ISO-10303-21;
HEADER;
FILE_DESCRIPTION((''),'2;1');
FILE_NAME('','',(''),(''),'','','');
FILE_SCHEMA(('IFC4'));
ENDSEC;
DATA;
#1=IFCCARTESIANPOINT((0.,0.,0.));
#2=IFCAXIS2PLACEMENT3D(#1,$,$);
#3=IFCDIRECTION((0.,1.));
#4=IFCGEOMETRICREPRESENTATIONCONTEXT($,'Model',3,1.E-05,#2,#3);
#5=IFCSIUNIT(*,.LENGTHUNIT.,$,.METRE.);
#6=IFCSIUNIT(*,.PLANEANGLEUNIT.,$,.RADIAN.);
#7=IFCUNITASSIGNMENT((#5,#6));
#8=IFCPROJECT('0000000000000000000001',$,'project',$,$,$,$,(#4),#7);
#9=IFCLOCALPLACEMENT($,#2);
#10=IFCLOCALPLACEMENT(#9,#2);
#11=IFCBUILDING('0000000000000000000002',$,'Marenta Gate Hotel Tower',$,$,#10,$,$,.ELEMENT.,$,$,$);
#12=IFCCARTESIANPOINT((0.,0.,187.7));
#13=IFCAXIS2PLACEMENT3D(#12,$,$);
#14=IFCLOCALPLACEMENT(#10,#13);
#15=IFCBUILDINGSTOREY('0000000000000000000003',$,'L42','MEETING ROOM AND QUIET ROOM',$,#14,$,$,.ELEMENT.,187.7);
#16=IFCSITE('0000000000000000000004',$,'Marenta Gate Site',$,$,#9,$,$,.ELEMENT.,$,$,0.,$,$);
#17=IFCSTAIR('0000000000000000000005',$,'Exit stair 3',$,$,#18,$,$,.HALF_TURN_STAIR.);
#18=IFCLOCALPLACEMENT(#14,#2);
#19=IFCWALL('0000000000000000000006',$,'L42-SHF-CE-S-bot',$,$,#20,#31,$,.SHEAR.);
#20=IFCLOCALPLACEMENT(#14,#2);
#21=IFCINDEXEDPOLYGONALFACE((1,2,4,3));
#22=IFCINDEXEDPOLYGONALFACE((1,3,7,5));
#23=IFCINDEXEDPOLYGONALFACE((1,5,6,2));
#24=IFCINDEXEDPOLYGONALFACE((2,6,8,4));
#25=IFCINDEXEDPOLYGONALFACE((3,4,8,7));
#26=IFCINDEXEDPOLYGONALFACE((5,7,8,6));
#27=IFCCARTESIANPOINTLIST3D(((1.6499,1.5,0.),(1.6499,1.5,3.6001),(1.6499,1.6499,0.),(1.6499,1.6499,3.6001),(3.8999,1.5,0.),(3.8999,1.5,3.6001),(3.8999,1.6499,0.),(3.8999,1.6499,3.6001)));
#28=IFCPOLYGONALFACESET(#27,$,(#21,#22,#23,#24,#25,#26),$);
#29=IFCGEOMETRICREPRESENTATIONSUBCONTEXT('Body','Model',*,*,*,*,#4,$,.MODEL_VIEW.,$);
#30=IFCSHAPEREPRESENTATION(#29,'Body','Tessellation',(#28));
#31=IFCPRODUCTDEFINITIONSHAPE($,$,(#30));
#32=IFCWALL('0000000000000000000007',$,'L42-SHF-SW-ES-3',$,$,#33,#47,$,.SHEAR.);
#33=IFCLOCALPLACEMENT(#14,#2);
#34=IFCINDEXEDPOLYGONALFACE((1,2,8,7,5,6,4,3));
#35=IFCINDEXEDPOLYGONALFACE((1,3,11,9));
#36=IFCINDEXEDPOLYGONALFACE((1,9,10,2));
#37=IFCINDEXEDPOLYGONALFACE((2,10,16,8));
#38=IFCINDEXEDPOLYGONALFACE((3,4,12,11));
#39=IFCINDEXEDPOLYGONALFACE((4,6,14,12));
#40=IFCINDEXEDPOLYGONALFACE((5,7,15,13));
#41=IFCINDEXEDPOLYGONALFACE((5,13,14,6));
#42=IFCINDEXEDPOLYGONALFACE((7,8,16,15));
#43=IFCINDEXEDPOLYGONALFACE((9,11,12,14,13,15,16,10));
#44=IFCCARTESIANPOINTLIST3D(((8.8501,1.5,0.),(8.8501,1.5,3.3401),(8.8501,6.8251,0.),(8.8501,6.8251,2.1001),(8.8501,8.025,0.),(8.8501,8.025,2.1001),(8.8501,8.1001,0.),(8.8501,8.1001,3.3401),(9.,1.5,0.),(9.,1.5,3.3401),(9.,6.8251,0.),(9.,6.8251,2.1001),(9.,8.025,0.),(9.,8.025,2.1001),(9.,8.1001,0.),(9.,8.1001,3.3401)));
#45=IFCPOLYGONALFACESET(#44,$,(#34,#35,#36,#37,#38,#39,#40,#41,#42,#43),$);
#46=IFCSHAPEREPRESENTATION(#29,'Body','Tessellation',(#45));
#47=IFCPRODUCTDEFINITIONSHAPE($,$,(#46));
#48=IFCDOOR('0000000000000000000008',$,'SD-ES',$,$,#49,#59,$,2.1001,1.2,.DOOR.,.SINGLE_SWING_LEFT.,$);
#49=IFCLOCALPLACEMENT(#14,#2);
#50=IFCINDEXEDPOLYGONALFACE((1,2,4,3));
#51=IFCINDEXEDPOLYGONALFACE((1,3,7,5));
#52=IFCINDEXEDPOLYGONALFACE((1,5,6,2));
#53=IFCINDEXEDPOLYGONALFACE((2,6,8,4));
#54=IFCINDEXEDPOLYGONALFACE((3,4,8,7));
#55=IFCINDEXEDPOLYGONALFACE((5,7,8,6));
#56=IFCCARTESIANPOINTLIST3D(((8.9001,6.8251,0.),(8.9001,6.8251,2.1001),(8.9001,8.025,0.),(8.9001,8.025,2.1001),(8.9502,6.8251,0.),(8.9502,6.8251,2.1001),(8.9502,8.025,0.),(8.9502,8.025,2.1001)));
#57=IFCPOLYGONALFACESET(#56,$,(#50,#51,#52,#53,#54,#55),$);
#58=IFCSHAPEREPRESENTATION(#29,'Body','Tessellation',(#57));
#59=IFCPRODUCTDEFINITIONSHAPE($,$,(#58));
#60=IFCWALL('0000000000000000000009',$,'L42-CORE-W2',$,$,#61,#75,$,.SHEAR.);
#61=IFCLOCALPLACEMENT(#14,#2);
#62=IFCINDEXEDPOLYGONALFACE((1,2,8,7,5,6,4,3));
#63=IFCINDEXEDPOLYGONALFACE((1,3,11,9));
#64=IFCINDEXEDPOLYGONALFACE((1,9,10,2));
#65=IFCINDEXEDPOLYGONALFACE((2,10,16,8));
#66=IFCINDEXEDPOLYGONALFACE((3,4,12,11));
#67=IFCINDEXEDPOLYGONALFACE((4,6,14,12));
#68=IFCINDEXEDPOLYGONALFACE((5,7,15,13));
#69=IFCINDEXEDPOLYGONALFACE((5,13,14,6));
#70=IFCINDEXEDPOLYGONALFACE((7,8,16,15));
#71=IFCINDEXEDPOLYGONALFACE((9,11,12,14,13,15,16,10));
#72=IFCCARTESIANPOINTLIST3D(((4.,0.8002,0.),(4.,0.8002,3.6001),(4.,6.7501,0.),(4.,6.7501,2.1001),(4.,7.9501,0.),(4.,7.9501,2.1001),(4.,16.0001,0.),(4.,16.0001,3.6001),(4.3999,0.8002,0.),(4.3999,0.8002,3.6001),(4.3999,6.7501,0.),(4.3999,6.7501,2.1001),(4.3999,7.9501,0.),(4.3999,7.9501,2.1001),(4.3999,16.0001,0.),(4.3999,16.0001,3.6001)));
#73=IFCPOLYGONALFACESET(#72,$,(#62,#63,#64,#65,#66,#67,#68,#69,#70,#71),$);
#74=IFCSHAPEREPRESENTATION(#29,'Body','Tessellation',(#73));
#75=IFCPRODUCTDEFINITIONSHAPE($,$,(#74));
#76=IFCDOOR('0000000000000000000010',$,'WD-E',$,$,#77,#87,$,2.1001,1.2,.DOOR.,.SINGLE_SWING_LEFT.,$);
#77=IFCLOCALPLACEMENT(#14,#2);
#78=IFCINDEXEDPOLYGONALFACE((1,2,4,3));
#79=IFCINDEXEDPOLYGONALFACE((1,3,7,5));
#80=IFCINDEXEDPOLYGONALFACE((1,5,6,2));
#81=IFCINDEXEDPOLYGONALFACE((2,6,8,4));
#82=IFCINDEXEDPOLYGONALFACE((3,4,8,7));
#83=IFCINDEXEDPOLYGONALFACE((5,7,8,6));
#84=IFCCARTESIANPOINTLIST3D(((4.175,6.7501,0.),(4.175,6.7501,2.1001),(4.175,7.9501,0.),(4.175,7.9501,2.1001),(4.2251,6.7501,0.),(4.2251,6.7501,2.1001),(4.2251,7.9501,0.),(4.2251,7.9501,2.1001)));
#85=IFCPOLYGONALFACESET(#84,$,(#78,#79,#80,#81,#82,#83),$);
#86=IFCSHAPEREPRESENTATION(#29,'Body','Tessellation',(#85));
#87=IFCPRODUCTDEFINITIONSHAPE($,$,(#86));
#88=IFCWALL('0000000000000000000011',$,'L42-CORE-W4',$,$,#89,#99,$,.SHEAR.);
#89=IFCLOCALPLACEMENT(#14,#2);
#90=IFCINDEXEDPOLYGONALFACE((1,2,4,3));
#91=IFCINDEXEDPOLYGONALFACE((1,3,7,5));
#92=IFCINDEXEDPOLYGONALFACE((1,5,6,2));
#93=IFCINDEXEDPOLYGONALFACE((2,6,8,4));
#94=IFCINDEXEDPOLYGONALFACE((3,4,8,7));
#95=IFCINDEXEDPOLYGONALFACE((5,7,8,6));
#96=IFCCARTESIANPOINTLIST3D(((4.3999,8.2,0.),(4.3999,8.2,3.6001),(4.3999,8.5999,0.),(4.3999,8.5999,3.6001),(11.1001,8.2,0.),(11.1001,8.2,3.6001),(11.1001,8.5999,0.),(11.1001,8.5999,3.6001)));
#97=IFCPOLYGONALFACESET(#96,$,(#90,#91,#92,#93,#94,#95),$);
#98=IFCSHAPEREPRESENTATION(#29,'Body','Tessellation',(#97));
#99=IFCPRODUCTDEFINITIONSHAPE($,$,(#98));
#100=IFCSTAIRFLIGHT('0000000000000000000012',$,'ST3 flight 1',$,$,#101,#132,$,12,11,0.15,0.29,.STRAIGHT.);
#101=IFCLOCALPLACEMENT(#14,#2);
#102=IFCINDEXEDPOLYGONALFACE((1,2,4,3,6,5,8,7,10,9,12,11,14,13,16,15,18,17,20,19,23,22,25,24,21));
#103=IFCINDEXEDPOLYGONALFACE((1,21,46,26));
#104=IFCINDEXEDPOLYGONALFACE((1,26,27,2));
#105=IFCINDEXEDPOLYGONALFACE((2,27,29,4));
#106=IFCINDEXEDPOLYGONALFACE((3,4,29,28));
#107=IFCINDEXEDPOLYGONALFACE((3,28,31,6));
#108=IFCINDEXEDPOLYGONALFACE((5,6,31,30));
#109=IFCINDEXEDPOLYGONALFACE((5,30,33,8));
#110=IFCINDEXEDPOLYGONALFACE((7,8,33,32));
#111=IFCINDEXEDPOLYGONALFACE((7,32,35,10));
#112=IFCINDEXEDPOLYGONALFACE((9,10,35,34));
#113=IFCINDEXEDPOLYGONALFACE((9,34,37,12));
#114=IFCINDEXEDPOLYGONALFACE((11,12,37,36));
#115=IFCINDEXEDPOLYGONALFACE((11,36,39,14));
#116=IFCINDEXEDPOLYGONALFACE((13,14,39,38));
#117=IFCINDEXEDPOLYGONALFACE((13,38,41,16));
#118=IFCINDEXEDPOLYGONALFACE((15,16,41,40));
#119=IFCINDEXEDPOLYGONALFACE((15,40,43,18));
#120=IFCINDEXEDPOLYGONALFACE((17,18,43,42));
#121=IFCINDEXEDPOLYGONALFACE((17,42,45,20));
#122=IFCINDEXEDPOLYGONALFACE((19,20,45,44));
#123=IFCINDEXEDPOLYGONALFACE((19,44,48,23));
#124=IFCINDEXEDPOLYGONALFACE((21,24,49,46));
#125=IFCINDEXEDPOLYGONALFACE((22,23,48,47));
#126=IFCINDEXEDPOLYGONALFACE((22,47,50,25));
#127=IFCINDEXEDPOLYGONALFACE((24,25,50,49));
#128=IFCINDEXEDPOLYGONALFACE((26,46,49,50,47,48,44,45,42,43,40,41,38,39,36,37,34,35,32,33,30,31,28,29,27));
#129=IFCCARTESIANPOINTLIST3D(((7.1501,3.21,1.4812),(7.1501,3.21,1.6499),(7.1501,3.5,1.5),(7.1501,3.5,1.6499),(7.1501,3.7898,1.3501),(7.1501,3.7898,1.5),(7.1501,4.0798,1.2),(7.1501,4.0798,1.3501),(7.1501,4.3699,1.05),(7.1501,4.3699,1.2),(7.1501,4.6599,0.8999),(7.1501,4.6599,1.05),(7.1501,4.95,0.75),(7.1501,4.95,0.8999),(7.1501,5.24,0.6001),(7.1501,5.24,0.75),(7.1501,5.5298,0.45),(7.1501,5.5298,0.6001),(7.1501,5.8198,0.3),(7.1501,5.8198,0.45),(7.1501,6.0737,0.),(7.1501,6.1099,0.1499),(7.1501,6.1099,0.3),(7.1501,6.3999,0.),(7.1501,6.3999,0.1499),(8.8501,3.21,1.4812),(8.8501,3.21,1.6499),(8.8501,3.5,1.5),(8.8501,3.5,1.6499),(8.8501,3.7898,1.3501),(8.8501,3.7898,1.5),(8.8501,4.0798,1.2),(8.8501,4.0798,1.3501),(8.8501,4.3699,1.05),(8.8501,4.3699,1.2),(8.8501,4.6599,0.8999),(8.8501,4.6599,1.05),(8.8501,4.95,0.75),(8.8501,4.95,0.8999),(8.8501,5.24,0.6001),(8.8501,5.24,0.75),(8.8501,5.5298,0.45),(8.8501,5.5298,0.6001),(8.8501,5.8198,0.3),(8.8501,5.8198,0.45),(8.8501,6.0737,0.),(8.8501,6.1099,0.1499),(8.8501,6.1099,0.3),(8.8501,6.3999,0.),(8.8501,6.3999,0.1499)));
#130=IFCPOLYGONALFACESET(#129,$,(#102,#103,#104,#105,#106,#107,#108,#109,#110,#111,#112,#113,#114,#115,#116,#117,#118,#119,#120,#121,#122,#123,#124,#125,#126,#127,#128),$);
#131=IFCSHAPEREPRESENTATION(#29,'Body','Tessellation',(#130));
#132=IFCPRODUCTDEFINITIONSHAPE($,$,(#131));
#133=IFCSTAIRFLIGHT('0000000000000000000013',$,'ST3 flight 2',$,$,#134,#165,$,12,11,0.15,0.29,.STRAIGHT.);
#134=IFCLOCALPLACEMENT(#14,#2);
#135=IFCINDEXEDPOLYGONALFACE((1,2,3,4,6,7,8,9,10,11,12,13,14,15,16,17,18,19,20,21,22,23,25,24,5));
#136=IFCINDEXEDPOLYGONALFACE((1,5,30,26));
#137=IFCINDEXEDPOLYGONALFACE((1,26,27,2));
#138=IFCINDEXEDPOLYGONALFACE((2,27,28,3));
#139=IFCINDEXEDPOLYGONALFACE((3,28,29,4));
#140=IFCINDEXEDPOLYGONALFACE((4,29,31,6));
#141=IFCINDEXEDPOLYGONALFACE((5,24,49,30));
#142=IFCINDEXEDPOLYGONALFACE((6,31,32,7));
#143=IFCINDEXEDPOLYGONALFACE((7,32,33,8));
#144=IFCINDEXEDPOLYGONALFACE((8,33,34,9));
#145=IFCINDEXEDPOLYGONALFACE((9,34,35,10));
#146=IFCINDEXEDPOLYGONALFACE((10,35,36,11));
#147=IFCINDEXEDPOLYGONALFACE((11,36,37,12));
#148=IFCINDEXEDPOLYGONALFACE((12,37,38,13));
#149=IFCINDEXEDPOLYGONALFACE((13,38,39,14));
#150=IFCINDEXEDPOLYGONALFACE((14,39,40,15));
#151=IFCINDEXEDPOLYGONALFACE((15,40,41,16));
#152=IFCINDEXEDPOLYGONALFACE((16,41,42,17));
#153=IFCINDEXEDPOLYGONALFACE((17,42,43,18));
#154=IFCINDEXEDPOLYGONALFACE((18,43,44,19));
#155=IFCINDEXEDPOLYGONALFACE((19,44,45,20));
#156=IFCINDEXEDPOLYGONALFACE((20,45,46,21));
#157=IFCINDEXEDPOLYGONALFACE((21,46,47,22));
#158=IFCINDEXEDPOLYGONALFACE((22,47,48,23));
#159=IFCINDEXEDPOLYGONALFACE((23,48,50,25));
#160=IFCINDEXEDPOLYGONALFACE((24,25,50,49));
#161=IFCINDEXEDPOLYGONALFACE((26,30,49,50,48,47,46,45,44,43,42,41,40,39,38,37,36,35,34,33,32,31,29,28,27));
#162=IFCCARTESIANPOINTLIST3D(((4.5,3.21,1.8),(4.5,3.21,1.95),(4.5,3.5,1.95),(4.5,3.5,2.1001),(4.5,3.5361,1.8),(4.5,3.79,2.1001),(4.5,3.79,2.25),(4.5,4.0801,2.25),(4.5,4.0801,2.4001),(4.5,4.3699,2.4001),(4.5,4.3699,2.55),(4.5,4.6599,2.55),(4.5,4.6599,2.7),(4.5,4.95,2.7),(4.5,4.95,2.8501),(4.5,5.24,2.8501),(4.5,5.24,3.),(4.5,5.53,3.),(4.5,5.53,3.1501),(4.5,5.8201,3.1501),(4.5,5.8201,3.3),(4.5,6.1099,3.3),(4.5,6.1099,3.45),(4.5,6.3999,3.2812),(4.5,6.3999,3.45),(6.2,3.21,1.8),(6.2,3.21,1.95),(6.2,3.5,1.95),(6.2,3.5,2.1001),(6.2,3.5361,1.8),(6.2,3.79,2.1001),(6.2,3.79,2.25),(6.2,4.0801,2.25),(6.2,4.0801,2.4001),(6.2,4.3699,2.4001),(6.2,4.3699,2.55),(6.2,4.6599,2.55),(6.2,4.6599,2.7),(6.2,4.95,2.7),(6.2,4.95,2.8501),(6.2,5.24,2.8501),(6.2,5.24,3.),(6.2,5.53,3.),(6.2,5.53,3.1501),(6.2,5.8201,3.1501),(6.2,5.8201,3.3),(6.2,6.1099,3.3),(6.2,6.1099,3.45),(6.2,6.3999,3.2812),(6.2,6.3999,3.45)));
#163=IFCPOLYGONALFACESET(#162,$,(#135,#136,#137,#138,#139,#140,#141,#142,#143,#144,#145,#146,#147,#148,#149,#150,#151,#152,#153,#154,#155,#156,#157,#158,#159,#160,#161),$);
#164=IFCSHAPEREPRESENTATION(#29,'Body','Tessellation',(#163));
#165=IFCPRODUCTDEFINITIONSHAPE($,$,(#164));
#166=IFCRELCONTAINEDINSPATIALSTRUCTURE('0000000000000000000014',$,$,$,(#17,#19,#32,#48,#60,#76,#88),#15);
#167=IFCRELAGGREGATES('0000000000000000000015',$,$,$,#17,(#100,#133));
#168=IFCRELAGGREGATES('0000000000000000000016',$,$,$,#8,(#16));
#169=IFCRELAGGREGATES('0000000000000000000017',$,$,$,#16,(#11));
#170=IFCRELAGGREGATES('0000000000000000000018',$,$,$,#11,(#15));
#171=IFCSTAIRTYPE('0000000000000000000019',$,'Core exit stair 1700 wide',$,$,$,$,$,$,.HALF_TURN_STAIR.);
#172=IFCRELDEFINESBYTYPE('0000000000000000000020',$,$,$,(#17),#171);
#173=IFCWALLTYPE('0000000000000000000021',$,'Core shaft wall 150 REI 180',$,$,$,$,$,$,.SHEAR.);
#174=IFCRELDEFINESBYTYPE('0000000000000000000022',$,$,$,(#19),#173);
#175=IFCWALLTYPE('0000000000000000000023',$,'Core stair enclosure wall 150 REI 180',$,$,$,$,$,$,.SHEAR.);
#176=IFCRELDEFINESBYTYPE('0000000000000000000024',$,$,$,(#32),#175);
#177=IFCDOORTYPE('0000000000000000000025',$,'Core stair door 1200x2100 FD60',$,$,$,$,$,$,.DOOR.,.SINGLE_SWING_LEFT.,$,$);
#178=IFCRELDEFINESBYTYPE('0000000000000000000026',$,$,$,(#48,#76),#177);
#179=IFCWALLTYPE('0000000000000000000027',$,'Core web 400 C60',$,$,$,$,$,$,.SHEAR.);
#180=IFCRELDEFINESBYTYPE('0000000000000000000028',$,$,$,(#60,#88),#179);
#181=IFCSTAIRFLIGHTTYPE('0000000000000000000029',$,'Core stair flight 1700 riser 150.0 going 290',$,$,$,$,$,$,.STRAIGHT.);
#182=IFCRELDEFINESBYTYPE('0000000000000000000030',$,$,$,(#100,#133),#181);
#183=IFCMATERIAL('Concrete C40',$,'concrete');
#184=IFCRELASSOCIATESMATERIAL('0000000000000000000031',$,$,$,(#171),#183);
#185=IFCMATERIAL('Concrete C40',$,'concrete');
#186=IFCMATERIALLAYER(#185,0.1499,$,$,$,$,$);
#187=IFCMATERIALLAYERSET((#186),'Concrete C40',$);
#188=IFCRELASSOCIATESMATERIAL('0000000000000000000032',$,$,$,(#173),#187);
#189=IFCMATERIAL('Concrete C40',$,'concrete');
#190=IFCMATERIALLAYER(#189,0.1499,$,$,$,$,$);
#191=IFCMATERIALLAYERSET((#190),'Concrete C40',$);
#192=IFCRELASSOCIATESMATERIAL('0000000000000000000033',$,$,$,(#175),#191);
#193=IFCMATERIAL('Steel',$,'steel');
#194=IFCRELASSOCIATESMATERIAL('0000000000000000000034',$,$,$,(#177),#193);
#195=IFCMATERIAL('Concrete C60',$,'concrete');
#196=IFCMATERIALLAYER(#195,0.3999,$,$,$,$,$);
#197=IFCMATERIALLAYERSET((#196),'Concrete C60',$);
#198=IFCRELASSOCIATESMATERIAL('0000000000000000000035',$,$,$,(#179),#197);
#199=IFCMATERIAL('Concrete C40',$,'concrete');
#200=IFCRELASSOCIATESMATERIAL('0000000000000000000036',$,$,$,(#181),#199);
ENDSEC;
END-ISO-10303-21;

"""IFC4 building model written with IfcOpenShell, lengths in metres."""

from ifc_helpers import new_model, si_unit, direction, frame, frame_2d, origin, place, context, subcontext, project, spatial, polyline, rectangle, outline, extrude, material, layer, layer_set, type_object, element, fill, aggregate, save


model = new_model("IFC4")

# Units and contexts
model_context = context("Model", 3, precision=1e-05, world=origin(), true_north=direction((0.0, 1.0)))
body_context = subcontext(model_context, "Body", "Model", "MODEL_VIEW")
ifc_project = project(units=[si_unit("LENGTHUNIT", "METRE"), si_unit("PLANEANGLEUNIT", "RADIAN")], contexts=[model_context])

# Site, building, storey
site_placement = place(None, origin())
site = spatial("IfcSite", under=ifc_project, at=site_placement, Name="Marenta Gate Site", CompositionType="ELEMENT", RefElevation=0.0)
building_placement = place(site_placement, origin())
building = spatial("IfcBuilding", under=site, at=building_placement, Name="Marenta Gate Hotel Tower", CompositionType="ELEMENT")
storey_placement = place(building_placement, frame((0.0, 0.0, 187.7)))
storey = spatial("IfcBuildingStorey", under=building, at=storey_placement, Name="L42", Description="MEETING ROOM AND QUIET ROOM", CompositionType="ELEMENT", Elevation=187.7)

# Stair
ifc_material_1 = material(Name="Concrete C40", Category="concrete")
stair_type_1 = type_object("IfcStairType", Name="Core exit stair 1700 wide", PredefinedType="HALF_TURN_STAIR", material=ifc_material_1)
stair_1_placement = place(storey_placement, origin())
stair_1 = element("IfcStair", 1, at=stair_1_placement, inside=storey, type_object=stair_type_1, Name="Exit stair 3", PredefinedType="HALF_TURN_STAIR")

# Shared definitions
ifc_material_2 = material(Name="Concrete C40", Category="concrete")
ifc_layer_1 = layer(ifc_material_2, 0.1499)
ifc_layer_set_1 = layer_set([ifc_layer_1], Name="Concrete C40")
wall_type_1 = type_object("IfcWallType", Name="Core shaft wall 150 REI 180", PredefinedType="SHEAR", material=ifc_layer_set_1)

# Wall
wall_1_placement = place(storey_placement, frame((1.6499, 1.575, 0.0), z_axis=(0.0, 0.0, 1.0), x_axis=(1.0, 0.0, 0.0)))
element("IfcWall", 2, at=wall_1_placement, inside=storey, type_object=wall_type_1, Name="L42-SHF-CE-S-bot", PredefinedType="SHEAR", context=body_context, shape_type="SweptSolid", body=[
    extrude(rectangle(XDim=2.25, YDim=0.1499, at=frame_2d((1.125, 0.0))), origin(), (0.0, 0.0, 1.0), 3.6001),
])

# Walls, openings, doors
ifc_material_3 = material(Name="Concrete C40", Category="concrete")
ifc_layer_2 = layer(ifc_material_3, 0.1499)
ifc_layer_set_2 = layer_set([ifc_layer_2], Name="Concrete C40")
wall_type_2 = type_object("IfcWallType", Name="Core stair enclosure wall 150 REI 180", PredefinedType="SHEAR", material=ifc_layer_set_2)
wall_2_placement = place(storey_placement, frame((8.925, 1.5, 0.0), z_axis=(0.0, 0.0, 1.0), x_axis=(0.0, 1.0, 0.0)))
wall_2 = element("IfcWall", 3, at=wall_2_placement, inside=storey, type_object=wall_type_2, Name="L42-SHF-SW-ES-3", PredefinedType="SHEAR", context=body_context, shape_type="SweptSolid", body=[
    extrude(rectangle(XDim=6.6001, YDim=0.1499, at=frame_2d((3.3, 0.0))), origin(), (0.0, 0.0, 1.0), 3.3401),
])
opening_1_placement = place(wall_2_placement, frame((5.325, 0.0, 0.0)))
opening_1 = element("IfcOpeningElement", 4, at=opening_1_placement, cuts=wall_2, PredefinedType="OPENING", context=body_context, shape_type="SweptSolid", body=[
    extrude(rectangle(XDim=1.2, YDim=2.1001, at=frame_2d((0.6001, 1.05))), frame((0.0, 0.075, 0.0), z_axis=(0.0, -1.0, 0.0), x_axis=(1.0, 0.0, 0.0)), (0.0, 0.0, 1.0), 0.1499),
])
ifc_material_4 = material(Name="Steel", Category="steel")
door_type_1 = type_object("IfcDoorType", Name="Core stair door 1200x2100 FD60", OperationType="SINGLE_SWING_LEFT", PredefinedType="DOOR", material=ifc_material_4)
door_1_placement = place(opening_1_placement, origin())
door_1 = element("IfcDoor", 5, at=door_1_placement, inside=storey, type_object=door_type_1, Name="SD-ES", OperationType="SINGLE_SWING_LEFT", OverallHeight=2.1001, OverallWidth=1.2, PredefinedType="DOOR", context=body_context, shape_type="SweptSolid", body=[
    extrude(rectangle(XDim=1.2, YDim=2.1001, at=frame_2d((0.6001, 1.05))), frame((0.0, 0.0249, 0.0), z_axis=(0.0, -1.0, 0.0), x_axis=(1.0, 0.0, 0.0)), (0.0, 0.0, 1.0), 0.05),
])
fill(opening_1, door_1)
ifc_material_5 = material(Name="Concrete C60", Category="concrete")
ifc_layer_3 = layer(ifc_material_5, 0.3999)
ifc_layer_set_3 = layer_set([ifc_layer_3], Name="Concrete C60")
wall_type_3 = type_object("IfcWallType", Name="Core web 400 C60", PredefinedType="SHEAR", material=ifc_layer_set_3)
wall_3_placement = place(storey_placement, frame((4.2, 0.8, 0.0), z_axis=(0.0, 0.0, 1.0), x_axis=(0.0, 1.0, 0.0)))
wall_3 = element("IfcWall", 6, at=wall_3_placement, inside=storey, type_object=wall_type_3, Name="L42-CORE-W2", PredefinedType="SHEAR", context=body_context, shape_type="SweptSolid", body=[
    extrude(rectangle(XDim=15.2, YDim=0.3999, at=frame_2d((7.6001, 0.0))), origin(), (0.0, 0.0, 1.0), 3.6001),
])
opening_2_placement = place(wall_3_placement, frame((5.95, 0.0, 0.0)))
opening_2 = element("IfcOpeningElement", 7, at=opening_2_placement, cuts=wall_3, PredefinedType="OPENING", context=body_context, shape_type="SweptSolid", body=[
    extrude(rectangle(XDim=1.2, YDim=2.1001, at=frame_2d((0.6001, 1.05))), frame((0.0, 0.2, 0.0), z_axis=(0.0, -1.0, 0.0), x_axis=(1.0, 0.0, 0.0)), (0.0, 0.0, 1.0), 0.3999),
])
door_2_placement = place(opening_2_placement, origin())
door_2 = element("IfcDoor", 8, at=door_2_placement, inside=storey, type_object=door_type_1, Name="WD-E", OperationType="SINGLE_SWING_LEFT", OverallHeight=2.1001, OverallWidth=1.2, PredefinedType="DOOR", context=body_context, shape_type="SweptSolid", body=[
    extrude(rectangle(XDim=1.2, YDim=2.1001, at=frame_2d((0.6001, 1.05))), frame((0.0, 0.0249, 0.0), z_axis=(0.0, -1.0, 0.0), x_axis=(1.0, 0.0, 0.0)), (0.0, 0.0, 1.0), 0.05),
])
fill(opening_2, door_2)

# Wall
wall_4_placement = place(storey_placement, frame((4.3999, 8.3999, 0.0), z_axis=(0.0, 0.0, 1.0), x_axis=(1.0, 0.0, 0.0)))
element("IfcWall", 9, at=wall_4_placement, inside=storey, type_object=wall_type_3, Name="L42-CORE-W4", PredefinedType="SHEAR", context=body_context, shape_type="SweptSolid", body=[
    extrude(rectangle(XDim=6.7002, YDim=0.3999, at=frame_2d((3.3501, 0.0))), origin(), (0.0, 0.0, 1.0), 3.6001),
])

# Stair flights
ifc_material_6 = material(Name="Concrete C40", Category="concrete")
stair_flight_type = type_object("IfcStairFlightType", Name="Core stair flight 1700 riser 150.0 going 290", PredefinedType="STRAIGHT", material=ifc_material_6)
stair_flight_1_placement = place(storey_placement, frame((8.0, 6.3999, 0.0), z_axis=(0.0, 0.0, 1.0), x_axis=(0.0, -1.0, 0.0)))
stair_flight_1 = element("IfcStairFlight", 10, at=stair_flight_1_placement, type_object=stair_flight_type, Name="ST3 flight 1", NumberOfRisers=12, NumberOfTreads=11, PredefinedType="STRAIGHT", RiserHeight=0.15, TreadLength=0.29, context=body_context, shape_type="SweptSolid", body=[
    extrude(outline(polyline([(0.0, 0.0), (0.0, 0.1499), (0.29, 0.1499), (0.29, 0.3), (0.5801, 0.3), (0.5801, 0.45), (0.8701, 0.45), (0.8701, 0.6001), (1.1599, 0.6001), (1.1599, 0.75), (1.45, 0.75), (1.45, 0.8999), (1.74, 0.8999), (1.74, 1.05), (2.03, 1.05), (2.03, 1.2), (2.3201, 1.2), (2.3201, 1.3501), (2.6101, 1.3501), (2.6101, 1.5), (2.8999, 1.5), (2.8999, 1.6499), (3.1899, 1.6499), (3.1899, 1.8), (3.1899, 1.4812), (0.3262, 0.0), (0.0, 0.0)])), frame((0.0, 0.8501, 0.0), z_axis=(0.0, -1.0, 0.0), x_axis=(1.0, 0.0, 0.0)), (0.0, 0.0, 1.0), 1.7),
])
stair_flight_2_placement = place(storey_placement, frame((5.3501, 3.21, 1.8), z_axis=(0.0, 0.0, 1.0), x_axis=(0.0, 1.0, 0.0)))
stair_flight_2 = element("IfcStairFlight", 11, at=stair_flight_2_placement, type_object=stair_flight_type, Name="ST3 flight 2", NumberOfRisers=12, NumberOfTreads=11, PredefinedType="STRAIGHT", RiserHeight=0.15, TreadLength=0.29, context=body_context, shape_type="SweptSolid", body=[
    extrude(outline(polyline([(0.0, 0.0), (0.0, 0.1499), (0.29, 0.1499), (0.29, 0.3), (0.5801, 0.3), (0.5801, 0.45), (0.8701, 0.45), (0.8701, 0.6001), (1.1599, 0.6001), (1.1599, 0.75), (1.45, 0.75), (1.45, 0.8999), (1.74, 0.8999), (1.74, 1.05), (2.03, 1.05), (2.03, 1.2), (2.3201, 1.2), (2.3201, 1.3501), (2.6101, 1.3501), (2.6101, 1.5), (2.8999, 1.5), (2.8999, 1.6499), (3.1899, 1.6499), (3.1899, 1.8), (3.1899, 1.4812), (0.3262, 0.0), (0.0, 0.0)])), frame((0.0, 0.8501, 0.0), z_axis=(0.0, -1.0, 0.0), x_axis=(1.0, 0.0, 0.0)), (0.0, 0.0, 1.0), 1.7),
])
aggregate(stair_1, [stair_flight_1, stair_flight_2])

save(model, "model.ifc")
